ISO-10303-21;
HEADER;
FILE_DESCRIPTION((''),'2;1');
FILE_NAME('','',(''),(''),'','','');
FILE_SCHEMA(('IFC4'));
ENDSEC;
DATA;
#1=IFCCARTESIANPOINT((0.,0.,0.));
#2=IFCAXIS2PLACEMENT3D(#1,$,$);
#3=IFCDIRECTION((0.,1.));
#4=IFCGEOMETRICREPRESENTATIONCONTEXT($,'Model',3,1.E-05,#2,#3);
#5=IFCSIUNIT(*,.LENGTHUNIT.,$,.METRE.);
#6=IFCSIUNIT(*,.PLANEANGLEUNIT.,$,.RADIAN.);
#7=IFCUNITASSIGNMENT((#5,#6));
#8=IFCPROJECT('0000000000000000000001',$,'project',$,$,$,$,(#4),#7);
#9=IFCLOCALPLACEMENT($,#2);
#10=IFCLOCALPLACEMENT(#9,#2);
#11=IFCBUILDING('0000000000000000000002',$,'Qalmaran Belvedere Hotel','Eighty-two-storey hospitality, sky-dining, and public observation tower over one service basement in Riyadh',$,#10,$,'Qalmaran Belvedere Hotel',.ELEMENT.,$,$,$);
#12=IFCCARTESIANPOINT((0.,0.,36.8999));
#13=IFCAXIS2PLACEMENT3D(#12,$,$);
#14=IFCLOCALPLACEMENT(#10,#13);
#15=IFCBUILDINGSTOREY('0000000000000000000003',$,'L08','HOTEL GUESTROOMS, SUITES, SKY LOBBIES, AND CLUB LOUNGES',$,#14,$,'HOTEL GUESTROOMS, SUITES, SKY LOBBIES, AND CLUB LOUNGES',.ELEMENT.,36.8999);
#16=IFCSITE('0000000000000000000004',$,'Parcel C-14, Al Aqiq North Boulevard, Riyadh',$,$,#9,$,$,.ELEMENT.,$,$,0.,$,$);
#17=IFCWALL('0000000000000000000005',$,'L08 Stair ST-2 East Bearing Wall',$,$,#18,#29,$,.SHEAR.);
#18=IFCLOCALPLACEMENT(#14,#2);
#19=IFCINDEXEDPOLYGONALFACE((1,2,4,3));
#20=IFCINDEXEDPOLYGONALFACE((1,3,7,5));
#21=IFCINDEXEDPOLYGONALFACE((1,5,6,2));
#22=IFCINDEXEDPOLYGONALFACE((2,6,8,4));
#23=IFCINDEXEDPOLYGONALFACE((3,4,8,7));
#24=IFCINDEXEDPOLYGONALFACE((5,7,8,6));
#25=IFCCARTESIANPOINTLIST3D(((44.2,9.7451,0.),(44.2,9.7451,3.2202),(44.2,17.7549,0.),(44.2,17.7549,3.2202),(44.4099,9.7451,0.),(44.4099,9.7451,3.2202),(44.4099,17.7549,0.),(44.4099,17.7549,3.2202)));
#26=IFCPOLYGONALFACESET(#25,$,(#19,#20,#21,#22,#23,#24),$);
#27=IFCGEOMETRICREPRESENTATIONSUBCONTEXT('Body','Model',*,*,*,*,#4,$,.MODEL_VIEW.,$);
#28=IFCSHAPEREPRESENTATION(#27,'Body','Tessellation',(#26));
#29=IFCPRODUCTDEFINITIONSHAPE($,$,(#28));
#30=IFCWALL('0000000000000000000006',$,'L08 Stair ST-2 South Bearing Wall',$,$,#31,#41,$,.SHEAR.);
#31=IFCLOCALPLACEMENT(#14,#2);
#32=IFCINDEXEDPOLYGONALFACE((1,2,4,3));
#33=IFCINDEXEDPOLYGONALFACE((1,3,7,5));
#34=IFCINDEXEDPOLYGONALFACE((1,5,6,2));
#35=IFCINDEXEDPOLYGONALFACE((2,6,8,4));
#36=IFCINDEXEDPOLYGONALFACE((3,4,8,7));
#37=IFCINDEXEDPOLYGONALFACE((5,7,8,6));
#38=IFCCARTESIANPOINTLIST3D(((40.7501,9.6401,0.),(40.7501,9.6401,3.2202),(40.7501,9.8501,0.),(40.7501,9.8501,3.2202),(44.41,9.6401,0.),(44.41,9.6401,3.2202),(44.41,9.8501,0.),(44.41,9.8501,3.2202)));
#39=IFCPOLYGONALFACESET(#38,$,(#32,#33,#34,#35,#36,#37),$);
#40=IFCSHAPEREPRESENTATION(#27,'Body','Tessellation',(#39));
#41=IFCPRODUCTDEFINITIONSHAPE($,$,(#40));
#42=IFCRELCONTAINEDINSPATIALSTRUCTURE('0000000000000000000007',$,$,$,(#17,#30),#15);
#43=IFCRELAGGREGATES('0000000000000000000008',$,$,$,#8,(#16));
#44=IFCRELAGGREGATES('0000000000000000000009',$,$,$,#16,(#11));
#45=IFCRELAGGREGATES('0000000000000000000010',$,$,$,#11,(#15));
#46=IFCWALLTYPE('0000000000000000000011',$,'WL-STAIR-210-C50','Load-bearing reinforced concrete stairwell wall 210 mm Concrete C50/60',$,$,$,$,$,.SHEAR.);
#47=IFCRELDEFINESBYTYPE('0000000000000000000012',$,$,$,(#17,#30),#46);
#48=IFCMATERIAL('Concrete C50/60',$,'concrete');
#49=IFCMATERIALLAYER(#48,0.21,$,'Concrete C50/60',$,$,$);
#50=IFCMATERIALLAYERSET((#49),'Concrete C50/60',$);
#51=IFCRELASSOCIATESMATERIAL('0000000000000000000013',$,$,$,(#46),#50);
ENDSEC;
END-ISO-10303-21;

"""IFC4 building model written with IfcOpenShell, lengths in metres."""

from ifc_helpers import new_model, si_unit, direction, frame, frame_2d, origin, place, context, subcontext, project, spatial, rectangle, extrude, material, layer, layer_set, type_object, element, save


model = new_model("IFC4")

# Units and contexts
model_context = context("Model", 3, precision=1e-05, world=origin(), true_north=direction((0.0, 1.0)))
body_context = subcontext(model_context, "Body", "Model", "MODEL_VIEW")
ifc_project = project(units=[si_unit("LENGTHUNIT", "METRE"), si_unit("PLANEANGLEUNIT", "RADIAN")], contexts=[model_context])

# Site, building, storey
site_placement = place(None, origin())
site = spatial("IfcSite", under=ifc_project, at=site_placement, Name="Parcel C-14, Al Aqiq North Boulevard, Riyadh", CompositionType="ELEMENT", RefElevation=0.0)
building_placement = place(site_placement, origin())
building = spatial("IfcBuilding", under=site, at=building_placement, Name="Qalmaran Belvedere Hotel", Description="Eighty-two-storey hospitality, sky-dining, and public observation tower over one service basement in Riyadh", LongName="Qalmaran Belvedere Hotel", CompositionType="ELEMENT")
storey_placement = place(building_placement, frame((0.0, 0.0, 36.8999)))
storey = spatial("IfcBuildingStorey", under=building, at=storey_placement, Name="L08", Description="HOTEL GUESTROOMS, SUITES, SKY LOBBIES, AND CLUB LOUNGES", LongName="HOTEL GUESTROOMS, SUITES, SKY LOBBIES, AND CLUB LOUNGES", CompositionType="ELEMENT", Elevation=36.8999)

# Walls
ifc_material_1 = material(Name="Concrete C50/60", Category="concrete")
ifc_layer_1 = layer(ifc_material_1, 0.21, Name="Concrete C50/60")
ifc_layer_set_1 = layer_set([ifc_layer_1], Name="Concrete C50/60")
wall_type_1 = type_object("IfcWallType", Name="WL-STAIR-210-C50", Description="Load-bearing reinforced concrete stairwell wall 210 mm Concrete C50/60", PredefinedType="SHEAR", material=ifc_layer_set_1)
for number, where, z_axis, x_axis, name in (
    (1, (44.3049, 9.7451, 0.0), (0.0, 0.0, 1.0), (0.0, 1.0, 0.0), "L08 Stair ST-2 East Bearing Wall"),
):
    element("IfcWall", number, at=place(storey_placement, frame(where, z_axis=z_axis, x_axis=x_axis)), inside=storey, type_object=wall_type_1, Name=name, PredefinedType="SHEAR", context=body_context, shape_type="SweptSolid", body=[
        extrude(rectangle(XDim=8.0098, YDim=0.21, at=frame_2d((4.0049, 0.0))), origin(), (0.0, 0.0, 1.0), 3.2202),
    ])
wall_1_placement = place(storey_placement, frame((40.75, 9.7451, 0.0), z_axis=(0.0, 0.0, 1.0), x_axis=(1.0, 0.0, 0.0)))
element("IfcWall", 2, at=wall_1_placement, inside=storey, type_object=wall_type_1, Name="L08 Stair ST-2 South Bearing Wall", PredefinedType="SHEAR", context=body_context, shape_type="SweptSolid", body=[
    extrude(rectangle(XDim=3.6599, YDim=0.21, at=frame_2d((1.8301, 0.0))), origin(), (0.0, 0.0, 1.0), 3.2202),
])

save(model, "model.ifc")
